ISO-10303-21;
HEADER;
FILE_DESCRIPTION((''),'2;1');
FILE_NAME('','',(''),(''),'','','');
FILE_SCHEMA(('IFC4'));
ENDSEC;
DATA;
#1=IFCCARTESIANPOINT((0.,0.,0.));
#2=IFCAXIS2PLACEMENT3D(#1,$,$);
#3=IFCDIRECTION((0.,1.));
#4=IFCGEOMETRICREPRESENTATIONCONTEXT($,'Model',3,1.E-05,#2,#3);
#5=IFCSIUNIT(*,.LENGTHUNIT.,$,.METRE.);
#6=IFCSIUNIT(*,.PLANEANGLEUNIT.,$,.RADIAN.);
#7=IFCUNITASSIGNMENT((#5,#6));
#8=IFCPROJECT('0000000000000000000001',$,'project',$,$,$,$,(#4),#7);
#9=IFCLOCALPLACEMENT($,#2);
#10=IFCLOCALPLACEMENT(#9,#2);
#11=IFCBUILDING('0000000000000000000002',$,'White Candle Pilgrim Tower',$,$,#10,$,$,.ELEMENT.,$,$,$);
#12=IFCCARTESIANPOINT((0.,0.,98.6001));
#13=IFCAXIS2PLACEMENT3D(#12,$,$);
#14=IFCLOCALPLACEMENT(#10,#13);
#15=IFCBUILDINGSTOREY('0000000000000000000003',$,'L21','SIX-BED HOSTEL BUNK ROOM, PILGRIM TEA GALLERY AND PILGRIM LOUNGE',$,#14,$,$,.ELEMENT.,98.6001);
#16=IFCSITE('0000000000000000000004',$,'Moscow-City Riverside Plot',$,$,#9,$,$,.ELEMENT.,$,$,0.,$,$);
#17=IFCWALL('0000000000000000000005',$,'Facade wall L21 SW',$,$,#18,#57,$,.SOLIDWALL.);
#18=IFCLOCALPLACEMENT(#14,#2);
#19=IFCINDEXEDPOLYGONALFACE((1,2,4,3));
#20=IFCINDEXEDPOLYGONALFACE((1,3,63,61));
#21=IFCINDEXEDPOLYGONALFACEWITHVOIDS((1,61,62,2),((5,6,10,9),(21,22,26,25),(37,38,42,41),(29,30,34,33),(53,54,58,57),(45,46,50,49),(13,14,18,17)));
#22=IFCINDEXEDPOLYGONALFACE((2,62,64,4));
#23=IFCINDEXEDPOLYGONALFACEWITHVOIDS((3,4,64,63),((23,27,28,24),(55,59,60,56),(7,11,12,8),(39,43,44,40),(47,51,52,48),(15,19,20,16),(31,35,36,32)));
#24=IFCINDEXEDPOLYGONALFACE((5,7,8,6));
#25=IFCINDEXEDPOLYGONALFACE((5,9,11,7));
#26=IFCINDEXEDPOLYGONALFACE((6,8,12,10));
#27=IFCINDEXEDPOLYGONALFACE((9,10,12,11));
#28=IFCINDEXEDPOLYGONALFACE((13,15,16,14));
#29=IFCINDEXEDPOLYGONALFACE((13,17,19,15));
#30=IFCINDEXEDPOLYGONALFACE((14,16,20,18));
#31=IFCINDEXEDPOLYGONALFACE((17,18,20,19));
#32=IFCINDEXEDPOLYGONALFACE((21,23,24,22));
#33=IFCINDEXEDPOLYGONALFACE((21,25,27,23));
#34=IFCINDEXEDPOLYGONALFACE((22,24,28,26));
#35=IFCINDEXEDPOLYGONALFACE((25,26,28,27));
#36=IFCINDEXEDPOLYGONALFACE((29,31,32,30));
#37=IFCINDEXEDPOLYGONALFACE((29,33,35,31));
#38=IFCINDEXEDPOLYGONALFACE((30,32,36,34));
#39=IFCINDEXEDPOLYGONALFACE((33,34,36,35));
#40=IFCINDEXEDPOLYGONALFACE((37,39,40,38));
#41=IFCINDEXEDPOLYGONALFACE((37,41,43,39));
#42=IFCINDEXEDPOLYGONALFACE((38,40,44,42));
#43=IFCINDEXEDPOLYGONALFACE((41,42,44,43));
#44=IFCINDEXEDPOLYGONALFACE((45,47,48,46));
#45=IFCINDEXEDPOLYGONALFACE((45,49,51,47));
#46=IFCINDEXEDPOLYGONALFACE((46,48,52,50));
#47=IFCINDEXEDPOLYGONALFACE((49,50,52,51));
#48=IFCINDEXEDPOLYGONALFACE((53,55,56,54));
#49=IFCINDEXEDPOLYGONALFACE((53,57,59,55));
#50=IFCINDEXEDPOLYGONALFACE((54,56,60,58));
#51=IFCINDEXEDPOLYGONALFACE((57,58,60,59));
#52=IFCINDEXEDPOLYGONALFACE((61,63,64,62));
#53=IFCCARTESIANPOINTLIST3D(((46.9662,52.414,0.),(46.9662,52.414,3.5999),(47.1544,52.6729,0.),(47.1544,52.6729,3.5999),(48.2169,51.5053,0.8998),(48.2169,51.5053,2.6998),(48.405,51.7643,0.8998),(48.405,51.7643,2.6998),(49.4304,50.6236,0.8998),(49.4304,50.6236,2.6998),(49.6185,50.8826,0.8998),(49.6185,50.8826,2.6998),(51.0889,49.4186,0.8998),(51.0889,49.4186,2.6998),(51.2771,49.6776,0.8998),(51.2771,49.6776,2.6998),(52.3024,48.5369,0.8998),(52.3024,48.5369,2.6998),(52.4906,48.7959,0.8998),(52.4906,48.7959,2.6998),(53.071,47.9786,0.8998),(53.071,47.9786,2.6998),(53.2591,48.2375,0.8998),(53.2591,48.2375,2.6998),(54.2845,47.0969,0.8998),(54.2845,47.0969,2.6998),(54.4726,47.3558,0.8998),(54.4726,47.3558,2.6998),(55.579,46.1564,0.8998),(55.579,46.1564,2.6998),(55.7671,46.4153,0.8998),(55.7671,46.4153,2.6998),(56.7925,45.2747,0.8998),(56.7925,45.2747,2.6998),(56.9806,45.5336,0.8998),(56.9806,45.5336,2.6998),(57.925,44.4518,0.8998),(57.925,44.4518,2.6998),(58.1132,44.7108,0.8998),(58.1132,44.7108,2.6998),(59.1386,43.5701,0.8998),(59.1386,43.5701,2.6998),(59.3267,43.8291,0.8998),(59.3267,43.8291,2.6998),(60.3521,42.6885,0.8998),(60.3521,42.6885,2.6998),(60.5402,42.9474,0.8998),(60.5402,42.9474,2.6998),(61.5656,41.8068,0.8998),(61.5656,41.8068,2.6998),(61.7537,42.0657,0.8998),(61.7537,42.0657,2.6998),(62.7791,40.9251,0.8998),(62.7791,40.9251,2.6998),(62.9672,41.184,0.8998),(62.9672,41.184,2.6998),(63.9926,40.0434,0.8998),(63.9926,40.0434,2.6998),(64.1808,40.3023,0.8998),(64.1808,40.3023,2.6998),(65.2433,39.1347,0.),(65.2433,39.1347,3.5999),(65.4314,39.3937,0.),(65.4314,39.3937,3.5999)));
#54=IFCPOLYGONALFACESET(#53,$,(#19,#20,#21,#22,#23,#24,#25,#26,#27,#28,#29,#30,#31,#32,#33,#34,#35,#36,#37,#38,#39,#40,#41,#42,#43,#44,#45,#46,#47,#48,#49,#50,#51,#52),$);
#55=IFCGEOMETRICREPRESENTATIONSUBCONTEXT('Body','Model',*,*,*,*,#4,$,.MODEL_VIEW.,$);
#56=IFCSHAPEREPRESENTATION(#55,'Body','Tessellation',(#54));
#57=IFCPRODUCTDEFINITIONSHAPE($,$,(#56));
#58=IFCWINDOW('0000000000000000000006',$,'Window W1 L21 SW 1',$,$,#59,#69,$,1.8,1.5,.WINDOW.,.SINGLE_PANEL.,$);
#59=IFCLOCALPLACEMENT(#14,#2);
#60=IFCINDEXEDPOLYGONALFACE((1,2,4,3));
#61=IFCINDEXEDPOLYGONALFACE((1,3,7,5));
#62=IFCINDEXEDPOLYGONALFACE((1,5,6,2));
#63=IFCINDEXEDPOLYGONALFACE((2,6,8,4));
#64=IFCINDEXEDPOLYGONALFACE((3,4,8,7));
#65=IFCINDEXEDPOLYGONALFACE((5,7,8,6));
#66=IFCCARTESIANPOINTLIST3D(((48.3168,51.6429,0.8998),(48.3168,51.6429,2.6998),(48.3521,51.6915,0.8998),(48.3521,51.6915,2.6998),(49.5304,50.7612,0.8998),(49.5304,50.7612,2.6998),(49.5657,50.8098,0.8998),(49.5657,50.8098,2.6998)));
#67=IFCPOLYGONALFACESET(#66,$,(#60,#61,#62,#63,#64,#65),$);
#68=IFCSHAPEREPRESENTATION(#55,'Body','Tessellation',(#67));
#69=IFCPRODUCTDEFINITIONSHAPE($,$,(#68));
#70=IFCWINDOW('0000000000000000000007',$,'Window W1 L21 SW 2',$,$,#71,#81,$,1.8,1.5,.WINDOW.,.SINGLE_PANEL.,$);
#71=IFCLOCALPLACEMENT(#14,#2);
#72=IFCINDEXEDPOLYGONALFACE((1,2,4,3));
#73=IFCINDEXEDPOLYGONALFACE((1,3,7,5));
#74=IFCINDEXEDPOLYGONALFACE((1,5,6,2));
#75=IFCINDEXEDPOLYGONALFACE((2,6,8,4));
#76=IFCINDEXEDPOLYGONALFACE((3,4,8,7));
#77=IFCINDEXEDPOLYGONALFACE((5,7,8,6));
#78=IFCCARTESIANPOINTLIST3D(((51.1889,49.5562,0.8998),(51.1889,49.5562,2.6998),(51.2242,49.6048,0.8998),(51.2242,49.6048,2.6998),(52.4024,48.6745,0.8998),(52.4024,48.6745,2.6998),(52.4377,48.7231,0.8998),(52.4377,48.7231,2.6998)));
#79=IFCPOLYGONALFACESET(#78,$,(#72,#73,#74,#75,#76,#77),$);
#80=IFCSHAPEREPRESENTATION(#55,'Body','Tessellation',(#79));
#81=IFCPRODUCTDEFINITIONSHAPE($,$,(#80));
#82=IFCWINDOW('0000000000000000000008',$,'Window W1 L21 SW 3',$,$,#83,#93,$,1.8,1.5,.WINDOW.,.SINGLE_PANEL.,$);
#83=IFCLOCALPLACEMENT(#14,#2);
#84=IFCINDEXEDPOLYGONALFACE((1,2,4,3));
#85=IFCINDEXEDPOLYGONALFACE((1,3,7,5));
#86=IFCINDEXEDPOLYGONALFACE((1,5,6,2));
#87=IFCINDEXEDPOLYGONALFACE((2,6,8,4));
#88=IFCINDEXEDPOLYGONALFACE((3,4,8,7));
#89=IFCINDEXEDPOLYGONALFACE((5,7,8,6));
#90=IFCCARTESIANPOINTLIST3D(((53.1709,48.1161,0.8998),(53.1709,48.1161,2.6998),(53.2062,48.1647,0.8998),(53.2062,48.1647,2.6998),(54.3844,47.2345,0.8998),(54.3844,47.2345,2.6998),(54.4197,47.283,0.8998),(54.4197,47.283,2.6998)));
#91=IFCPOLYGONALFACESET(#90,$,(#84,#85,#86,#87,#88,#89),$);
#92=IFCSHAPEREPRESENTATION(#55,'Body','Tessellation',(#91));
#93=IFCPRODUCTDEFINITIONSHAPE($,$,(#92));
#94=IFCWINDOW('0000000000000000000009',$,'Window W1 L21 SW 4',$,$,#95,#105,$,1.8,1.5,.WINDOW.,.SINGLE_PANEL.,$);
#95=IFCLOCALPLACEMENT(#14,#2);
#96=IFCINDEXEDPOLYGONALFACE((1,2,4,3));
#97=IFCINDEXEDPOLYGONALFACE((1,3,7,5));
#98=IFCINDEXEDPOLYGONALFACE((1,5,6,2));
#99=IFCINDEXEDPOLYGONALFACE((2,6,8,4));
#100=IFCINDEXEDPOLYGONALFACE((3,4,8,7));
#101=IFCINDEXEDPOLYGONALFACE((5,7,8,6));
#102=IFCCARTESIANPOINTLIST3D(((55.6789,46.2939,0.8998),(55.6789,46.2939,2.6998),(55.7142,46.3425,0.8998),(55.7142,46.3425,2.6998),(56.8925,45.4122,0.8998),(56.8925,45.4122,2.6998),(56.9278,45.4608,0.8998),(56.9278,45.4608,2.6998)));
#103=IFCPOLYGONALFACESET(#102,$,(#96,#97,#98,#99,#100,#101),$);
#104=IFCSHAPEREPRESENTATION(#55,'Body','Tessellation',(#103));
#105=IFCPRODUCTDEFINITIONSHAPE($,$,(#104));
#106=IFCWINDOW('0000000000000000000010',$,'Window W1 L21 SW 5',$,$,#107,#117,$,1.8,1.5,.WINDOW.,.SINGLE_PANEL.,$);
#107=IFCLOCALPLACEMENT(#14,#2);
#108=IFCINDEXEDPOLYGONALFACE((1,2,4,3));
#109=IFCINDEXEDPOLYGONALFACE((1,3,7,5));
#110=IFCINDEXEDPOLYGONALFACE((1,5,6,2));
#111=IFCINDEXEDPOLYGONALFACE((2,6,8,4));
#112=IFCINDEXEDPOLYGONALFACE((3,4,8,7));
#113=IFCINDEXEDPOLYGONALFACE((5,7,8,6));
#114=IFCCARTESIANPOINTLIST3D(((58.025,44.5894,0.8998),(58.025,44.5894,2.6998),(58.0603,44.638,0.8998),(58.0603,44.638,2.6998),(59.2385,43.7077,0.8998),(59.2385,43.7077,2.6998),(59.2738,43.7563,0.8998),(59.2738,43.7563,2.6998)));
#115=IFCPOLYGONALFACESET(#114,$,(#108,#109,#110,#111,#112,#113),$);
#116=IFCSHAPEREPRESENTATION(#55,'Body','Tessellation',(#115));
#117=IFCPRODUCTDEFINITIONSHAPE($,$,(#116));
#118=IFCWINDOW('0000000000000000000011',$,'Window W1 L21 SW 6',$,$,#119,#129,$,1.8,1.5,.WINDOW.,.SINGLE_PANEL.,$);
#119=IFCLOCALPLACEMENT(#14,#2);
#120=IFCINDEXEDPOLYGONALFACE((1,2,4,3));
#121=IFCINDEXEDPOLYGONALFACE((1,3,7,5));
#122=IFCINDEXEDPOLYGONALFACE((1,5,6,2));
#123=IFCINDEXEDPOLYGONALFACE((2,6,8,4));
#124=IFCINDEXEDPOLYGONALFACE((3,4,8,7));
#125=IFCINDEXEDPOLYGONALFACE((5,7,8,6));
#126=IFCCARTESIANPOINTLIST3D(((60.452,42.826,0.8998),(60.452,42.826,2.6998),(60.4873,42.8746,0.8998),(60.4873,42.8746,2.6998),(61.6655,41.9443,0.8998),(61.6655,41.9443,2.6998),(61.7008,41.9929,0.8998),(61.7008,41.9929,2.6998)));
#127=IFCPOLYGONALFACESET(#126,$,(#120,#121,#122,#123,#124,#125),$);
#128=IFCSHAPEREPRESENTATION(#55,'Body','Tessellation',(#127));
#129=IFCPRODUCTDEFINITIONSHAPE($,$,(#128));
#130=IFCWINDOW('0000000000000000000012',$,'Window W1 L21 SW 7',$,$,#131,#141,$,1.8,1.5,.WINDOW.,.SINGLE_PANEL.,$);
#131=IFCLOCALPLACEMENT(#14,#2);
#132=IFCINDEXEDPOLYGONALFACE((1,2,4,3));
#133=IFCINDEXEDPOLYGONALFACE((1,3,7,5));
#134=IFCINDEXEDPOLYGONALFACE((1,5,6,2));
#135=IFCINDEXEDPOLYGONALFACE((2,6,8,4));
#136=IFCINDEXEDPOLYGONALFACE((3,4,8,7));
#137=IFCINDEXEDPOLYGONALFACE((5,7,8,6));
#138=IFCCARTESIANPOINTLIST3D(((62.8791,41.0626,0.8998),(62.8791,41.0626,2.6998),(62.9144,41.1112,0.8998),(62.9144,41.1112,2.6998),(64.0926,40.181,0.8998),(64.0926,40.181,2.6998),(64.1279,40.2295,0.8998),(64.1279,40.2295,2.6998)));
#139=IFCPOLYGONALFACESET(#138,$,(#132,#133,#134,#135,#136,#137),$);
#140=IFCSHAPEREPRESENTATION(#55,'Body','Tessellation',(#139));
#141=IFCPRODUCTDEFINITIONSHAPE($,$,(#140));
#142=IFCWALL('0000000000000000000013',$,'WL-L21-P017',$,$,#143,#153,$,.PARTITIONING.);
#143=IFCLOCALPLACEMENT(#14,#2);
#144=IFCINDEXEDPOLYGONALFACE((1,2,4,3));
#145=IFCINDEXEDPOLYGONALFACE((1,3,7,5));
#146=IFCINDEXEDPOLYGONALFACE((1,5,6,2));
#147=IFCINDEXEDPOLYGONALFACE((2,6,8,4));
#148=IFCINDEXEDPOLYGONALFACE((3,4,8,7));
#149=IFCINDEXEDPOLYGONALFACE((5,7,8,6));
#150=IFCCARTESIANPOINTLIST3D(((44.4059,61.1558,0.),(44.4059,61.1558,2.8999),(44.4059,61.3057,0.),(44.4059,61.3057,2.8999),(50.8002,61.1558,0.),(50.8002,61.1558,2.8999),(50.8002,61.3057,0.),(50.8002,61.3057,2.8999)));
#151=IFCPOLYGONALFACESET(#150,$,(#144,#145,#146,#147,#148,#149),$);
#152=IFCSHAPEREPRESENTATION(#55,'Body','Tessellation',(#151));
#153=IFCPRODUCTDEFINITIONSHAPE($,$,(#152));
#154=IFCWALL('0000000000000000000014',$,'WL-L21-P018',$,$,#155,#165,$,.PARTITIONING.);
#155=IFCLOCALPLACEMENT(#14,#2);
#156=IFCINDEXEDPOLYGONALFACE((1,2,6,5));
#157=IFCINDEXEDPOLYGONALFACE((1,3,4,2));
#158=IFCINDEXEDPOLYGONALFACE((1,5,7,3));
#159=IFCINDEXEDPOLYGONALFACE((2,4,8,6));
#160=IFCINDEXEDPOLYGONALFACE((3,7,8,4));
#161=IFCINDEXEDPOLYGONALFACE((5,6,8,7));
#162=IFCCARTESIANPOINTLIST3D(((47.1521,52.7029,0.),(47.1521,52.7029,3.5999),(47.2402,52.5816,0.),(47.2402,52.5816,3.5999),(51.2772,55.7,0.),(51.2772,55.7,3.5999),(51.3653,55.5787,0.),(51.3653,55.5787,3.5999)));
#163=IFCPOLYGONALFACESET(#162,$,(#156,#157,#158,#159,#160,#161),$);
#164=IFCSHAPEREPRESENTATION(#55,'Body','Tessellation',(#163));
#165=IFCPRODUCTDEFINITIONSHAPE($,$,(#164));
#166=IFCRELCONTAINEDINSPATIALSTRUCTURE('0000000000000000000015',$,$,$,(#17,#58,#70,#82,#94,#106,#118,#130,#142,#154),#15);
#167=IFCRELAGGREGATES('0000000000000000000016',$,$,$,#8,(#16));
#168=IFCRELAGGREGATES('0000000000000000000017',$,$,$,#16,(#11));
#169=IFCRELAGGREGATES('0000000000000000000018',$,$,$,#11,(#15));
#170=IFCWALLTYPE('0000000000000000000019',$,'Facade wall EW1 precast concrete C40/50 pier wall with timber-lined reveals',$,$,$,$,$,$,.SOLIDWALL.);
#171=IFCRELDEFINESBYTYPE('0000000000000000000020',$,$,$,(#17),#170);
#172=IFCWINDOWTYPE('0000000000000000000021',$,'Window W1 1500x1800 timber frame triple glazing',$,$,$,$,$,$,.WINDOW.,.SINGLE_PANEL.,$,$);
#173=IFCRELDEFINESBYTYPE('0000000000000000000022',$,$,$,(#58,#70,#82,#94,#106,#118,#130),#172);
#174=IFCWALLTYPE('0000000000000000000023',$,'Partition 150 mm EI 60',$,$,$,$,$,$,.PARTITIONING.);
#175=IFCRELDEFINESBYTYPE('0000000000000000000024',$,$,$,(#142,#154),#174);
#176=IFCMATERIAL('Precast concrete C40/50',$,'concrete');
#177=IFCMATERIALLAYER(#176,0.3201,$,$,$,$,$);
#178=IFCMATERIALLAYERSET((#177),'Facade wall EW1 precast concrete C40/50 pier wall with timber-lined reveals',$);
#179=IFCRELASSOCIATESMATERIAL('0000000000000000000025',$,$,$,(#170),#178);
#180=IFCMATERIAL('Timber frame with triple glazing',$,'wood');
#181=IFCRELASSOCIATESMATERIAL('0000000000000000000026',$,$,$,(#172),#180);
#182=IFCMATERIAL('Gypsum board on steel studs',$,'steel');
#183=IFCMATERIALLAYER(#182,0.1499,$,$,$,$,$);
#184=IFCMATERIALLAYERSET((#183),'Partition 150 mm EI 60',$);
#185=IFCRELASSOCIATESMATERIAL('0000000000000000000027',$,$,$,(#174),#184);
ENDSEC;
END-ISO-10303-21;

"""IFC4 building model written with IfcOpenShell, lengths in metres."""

from ifc_helpers import new_model, si_unit, direction, frame, frame_2d, origin, place, context, subcontext, project, spatial, rectangle, extrude, material, layer, layer_set, type_object, element, fill, save


model = new_model("IFC4")

# Units and contexts
model_context = context("Model", 3, precision=1e-05, world=origin(), true_north=direction((0.0, 1.0)))
body_context = subcontext(model_context, "Body", "Model", "MODEL_VIEW")
ifc_project = project(units=[si_unit("LENGTHUNIT", "METRE"), si_unit("PLANEANGLEUNIT", "RADIAN")], contexts=[model_context])

# Site, building, storey
site_placement = place(None, origin())
site = spatial("IfcSite", under=ifc_project, at=site_placement, Name="Moscow-City Riverside Plot", CompositionType="ELEMENT", RefElevation=0.0)
building_placement = place(site_placement, origin())
building = spatial("IfcBuilding", under=site, at=building_placement, Name="White Candle Pilgrim Tower", CompositionType="ELEMENT")
storey_placement = place(building_placement, frame((0.0, 0.0, 98.6001)))
storey = spatial("IfcBuildingStorey", under=building, at=storey_placement, Name="L21", Description="SIX-BED HOSTEL BUNK ROOM, PILGRIM TEA GALLERY AND PILGRIM LOUNGE", CompositionType="ELEMENT", Elevation=98.6001)

# Shared definitions
ifc_material_1 = material(Name="Gypsum board on steel studs", Category="steel")

# Wall, openings, windows
ifc_material_2 = material(Name="Precast concrete C40/50", Category="concrete")
ifc_layer_1 = layer(ifc_material_2, 0.3201)
ifc_layer_set_1 = layer_set([ifc_layer_1], Name="Facade wall EW1 precast concrete C40/50 pier wall with timber-lined reveals")
wall_type_1 = type_object("IfcWallType", Name="Facade wall EW1 precast concrete C40/50 pier wall with timber-lined reveals", PredefinedType="SOLIDWALL", material=ifc_layer_set_1)
ifc_material_3 = material(Name="Timber frame with triple glazing", Category="wood")
wall_1_placement = place(storey_placement, frame((47.0603, 52.5435, 0.0), z_axis=(0.0, 0.0, 1.0), x_axis=(0.809013, -0.587791, 0.0)))
wall_1 = element("IfcWall", 1, at=wall_1_placement, inside=storey, type_object=wall_type_1, Name="Facade wall L21 SW", PredefinedType="SOLIDWALL", context=body_context, shape_type="SweptSolid", body=[
    extrude(rectangle(XDim=22.5918, YDim=0.3201, at=frame_2d((11.2959, 0.0))), origin(), (0.0, 0.0, 1.0), 3.5999),
])
opening_1_placement = place(wall_1_placement, frame((1.5459, 0.0, 0.8999)))
opening_1 = element("IfcOpeningElement", 2, at=opening_1_placement, cuts=wall_1, PredefinedType="OPENING", context=body_context, shape_type="SweptSolid", body=[
    extrude(rectangle(XDim=1.5, YDim=1.8, at=frame_2d((0.75, 0.8999))), frame((0.0, 0.1699, 0.0), z_axis=(0.0, -1.0, 0.0), x_axis=(1.0, 0.0, 0.0)), (0.0, 0.0, 1.0), 0.3401),
])
opening_2_placement = place(wall_1_placement, frame((5.0959, 0.0, 0.8999)))
opening_2 = element("IfcOpeningElement", 3, at=opening_2_placement, cuts=wall_1, PredefinedType="OPENING", context=body_context, shape_type="SweptSolid", body=[
    extrude(rectangle(XDim=1.5, YDim=1.8, at=frame_2d((0.75, 0.8999))), frame((0.0, 0.1699, 0.0), z_axis=(0.0, -1.0, 0.0), x_axis=(1.0, 0.0, 0.0)), (0.0, 0.0, 1.0), 0.3401),
])
opening_3_placement = place(wall_1_placement, frame((7.5459, 0.0, 0.8999)))
opening_3 = element("IfcOpeningElement", 4, at=opening_3_placement, cuts=wall_1, PredefinedType="OPENING", context=body_context, shape_type="SweptSolid", body=[
    extrude(rectangle(XDim=1.5, YDim=1.8, at=frame_2d((0.75, 0.8999))), frame((0.0, 0.1699, 0.0), z_axis=(0.0, -1.0, 0.0), x_axis=(1.0, 0.0, 0.0)), (0.0, 0.0, 1.0), 0.3401),
])
opening_4_placement = place(wall_1_placement, frame((10.646, 0.0, 0.8999)))
opening_4 = element("IfcOpeningElement", 5, at=opening_4_placement, cuts=wall_1, PredefinedType="OPENING", context=body_context, shape_type="SweptSolid", body=[
    extrude(rectangle(XDim=1.5, YDim=1.8, at=frame_2d((0.75, 0.8999))), frame((0.0, 0.1699, 0.0), z_axis=(0.0, -1.0, 0.0), x_axis=(1.0, 0.0, 0.0)), (0.0, 0.0, 1.0), 0.3401),
])
opening_5_placement = place(wall_1_placement, frame((13.5459, 0.0, 0.8999)))
opening_5 = element("IfcOpeningElement", 6, at=opening_5_placement, cuts=wall_1, PredefinedType="OPENING", context=body_context, shape_type="SweptSolid", body=[
    extrude(rectangle(XDim=1.5, YDim=1.8, at=frame_2d((0.75, 0.8999))), frame((0.0, 0.1699, 0.0), z_axis=(0.0, -1.0, 0.0), x_axis=(1.0, 0.0, 0.0)), (0.0, 0.0, 1.0), 0.3401),
])
opening_6_placement = place(wall_1_placement, frame((16.5459, 0.0, 0.8999)))
opening_6 = element("IfcOpeningElement", 7, at=opening_6_placement, cuts=wall_1, PredefinedType="OPENING", context=body_context, shape_type="SweptSolid", body=[
    extrude(rectangle(XDim=1.5, YDim=1.8, at=frame_2d((0.75, 0.8999))), frame((0.0, 0.1699, 0.0), z_axis=(0.0, -1.0, 0.0), x_axis=(1.0, 0.0, 0.0)), (0.0, 0.0, 1.0), 0.3401),
])
opening_7_placement = place(wall_1_placement, frame((19.5459, 0.0, 0.8999)))
opening_7 = element("IfcOpeningElement", 8, at=opening_7_placement, cuts=wall_1, PredefinedType="OPENING", context=body_context, shape_type="SweptSolid", body=[
    extrude(rectangle(XDim=1.5, YDim=1.8, at=frame_2d((0.75, 0.8999))), frame((0.0, 0.1699, 0.0), z_axis=(0.0, -1.0, 0.0), x_axis=(1.0, 0.0, 0.0)), (0.0, 0.0, 1.0), 0.3401),
])
window_type_1 = type_object("IfcWindowType", Name="Window W1 1500x1800 timber frame triple glazing", PartitioningType="SINGLE_PANEL", PredefinedType="WINDOW", material=ifc_material_3)
window_1_placement = place(opening_1_placement, origin())
window_1 = element("IfcWindow", 9, at=window_1_placement, inside=storey, type_object=window_type_1, Name="Window W1 L21 SW 1", OverallHeight=1.8, OverallWidth=1.5, PartitioningType="SINGLE_PANEL", PredefinedType="WINDOW", context=body_context, shape_type="SweptSolid", body=[
    extrude(rectangle(XDim=1.5, YDim=1.8, at=frame_2d((0.75, 0.8999))), frame((0.0, 0.0701, 0.0), z_axis=(0.0, -1.0, 0.0), x_axis=(1.0, 0.0, 0.0)), (0.0, 0.0, 1.0), 0.0601),
])
fill(opening_1, window_1)
window_2_placement = place(opening_2_placement, origin())
window_2 = element("IfcWindow", 10, at=window_2_placement, inside=storey, type_object=window_type_1, Name="Window W1 L21 SW 2", OverallHeight=1.8, OverallWidth=1.5, PartitioningType="SINGLE_PANEL", PredefinedType="WINDOW", context=body_context, shape_type="SweptSolid", body=[
    extrude(rectangle(XDim=1.5, YDim=1.8, at=frame_2d((0.75, 0.8999))), frame((0.0, 0.0701, 0.0), z_axis=(0.0, -1.0, 0.0), x_axis=(1.0, 0.0, 0.0)), (0.0, 0.0, 1.0), 0.0601),
])
fill(opening_2, window_2)
window_3_placement = place(opening_3_placement, origin())
window_3 = element("IfcWindow", 11, at=window_3_placement, inside=storey, type_object=window_type_1, Name="Window W1 L21 SW 3", OverallHeight=1.8, OverallWidth=1.5, PartitioningType="SINGLE_PANEL", PredefinedType="WINDOW", context=body_context, shape_type="SweptSolid", body=[
    extrude(rectangle(XDim=1.5, YDim=1.8, at=frame_2d((0.75, 0.8999))), frame((0.0, 0.0701, 0.0), z_axis=(0.0, -1.0, 0.0), x_axis=(1.0, 0.0, 0.0)), (0.0, 0.0, 1.0), 0.0601),
])
fill(opening_3, window_3)
window_4_placement = place(opening_4_placement, origin())
window_4 = element("IfcWindow", 12, at=window_4_placement, inside=storey, type_object=window_type_1, Name="Window W1 L21 SW 4", OverallHeight=1.8, OverallWidth=1.5, PartitioningType="SINGLE_PANEL", PredefinedType="WINDOW", context=body_context, shape_type="SweptSolid", body=[
    extrude(rectangle(XDim=1.5, YDim=1.8, at=frame_2d((0.75, 0.8999))), frame((0.0, 0.0701, 0.0), z_axis=(0.0, -1.0, 0.0), x_axis=(1.0, 0.0, 0.0)), (0.0, 0.0, 1.0), 0.0601),
])
fill(opening_4, window_4)
window_5_placement = place(opening_5_placement, origin())
window_5 = element("IfcWindow", 13, at=window_5_placement, inside=storey, type_object=window_type_1, Name="Window W1 L21 SW 5", OverallHeight=1.8, OverallWidth=1.5, PartitioningType="SINGLE_PANEL", PredefinedType="WINDOW", context=body_context, shape_type="SweptSolid", body=[
    extrude(rectangle(XDim=1.5, YDim=1.8, at=frame_2d((0.75, 0.8999))), frame((0.0, 0.0701, 0.0), z_axis=(0.0, -1.0, 0.0), x_axis=(1.0, 0.0, 0.0)), (0.0, 0.0, 1.0), 0.0601),
])
fill(opening_5, window_5)
window_6_placement = place(opening_6_placement, origin())
window_6 = element("IfcWindow", 14, at=window_6_placement, inside=storey, type_object=window_type_1, Name="Window W1 L21 SW 6", OverallHeight=1.8, OverallWidth=1.5, PartitioningType="SINGLE_PANEL", PredefinedType="WINDOW", context=body_context, shape_type="SweptSolid", body=[
    extrude(rectangle(XDim=1.5, YDim=1.8, at=frame_2d((0.75, 0.8999))), frame((0.0, 0.0701, 0.0), z_axis=(0.0, -1.0, 0.0), x_axis=(1.0, 0.0, 0.0)), (0.0, 0.0, 1.0), 0.0601),
])
fill(opening_6, window_6)
window_7_placement = place(opening_7_placement, origin())
window_7 = element("IfcWindow", 15, at=window_7_placement, inside=storey, type_object=window_type_1, Name="Window W1 L21 SW 7", OverallHeight=1.8, OverallWidth=1.5, PartitioningType="SINGLE_PANEL", PredefinedType="WINDOW", context=body_context, shape_type="SweptSolid", body=[
    extrude(rectangle(XDim=1.5, YDim=1.8, at=frame_2d((0.75, 0.8999))), frame((0.0, 0.0701, 0.0), z_axis=(0.0, -1.0, 0.0), x_axis=(1.0, 0.0, 0.0)), (0.0, 0.0, 1.0), 0.0601),
])
fill(opening_7, window_7)

# Walls
ifc_layer_2 = layer(ifc_material_1, 0.1499)
ifc_layer_set_2 = layer_set([ifc_layer_2], Name="Partition 150 mm EI 60")
wall_type_2 = type_object("IfcWallType", Name="Partition 150 mm EI 60", PredefinedType="PARTITIONING", material=ifc_layer_set_2)
wall_2_placement = place(storey_placement, frame((44.4058, 61.2307, 0.0), z_axis=(0.0, 0.0, 1.0), x_axis=(1.0, 0.0, 0.0)))
element("IfcWall", 16, at=wall_2_placement, inside=storey, type_object=wall_type_2, Name="WL-L21-P017", PredefinedType="PARTITIONING", context=body_context, shape_type="SweptSolid", body=[
    extrude(rectangle(XDim=6.3943, YDim=0.1499, at=frame_2d((3.1973, 0.0))), origin(), (0.0, 0.0, 1.0), 2.8999),
])
wall_3_placement = place(storey_placement, frame((47.1963, 52.6423, 0.0), z_axis=(0.0, 0.0, 1.0), x_axis=(0.809009, 0.587796, 0.0)))
element("IfcWall", 17, at=wall_3_placement, inside=storey, type_object=wall_type_2, Name="WL-L21-P018", PredefinedType="PARTITIONING", context=body_context, shape_type="SweptSolid", body=[
    extrude(rectangle(XDim=5.0989, YDim=0.1499, at=frame_2d((2.5493, 0.0))), origin(), (0.0, 0.0, 1.0), 3.5999),
])

save(model, "model.ifc")
